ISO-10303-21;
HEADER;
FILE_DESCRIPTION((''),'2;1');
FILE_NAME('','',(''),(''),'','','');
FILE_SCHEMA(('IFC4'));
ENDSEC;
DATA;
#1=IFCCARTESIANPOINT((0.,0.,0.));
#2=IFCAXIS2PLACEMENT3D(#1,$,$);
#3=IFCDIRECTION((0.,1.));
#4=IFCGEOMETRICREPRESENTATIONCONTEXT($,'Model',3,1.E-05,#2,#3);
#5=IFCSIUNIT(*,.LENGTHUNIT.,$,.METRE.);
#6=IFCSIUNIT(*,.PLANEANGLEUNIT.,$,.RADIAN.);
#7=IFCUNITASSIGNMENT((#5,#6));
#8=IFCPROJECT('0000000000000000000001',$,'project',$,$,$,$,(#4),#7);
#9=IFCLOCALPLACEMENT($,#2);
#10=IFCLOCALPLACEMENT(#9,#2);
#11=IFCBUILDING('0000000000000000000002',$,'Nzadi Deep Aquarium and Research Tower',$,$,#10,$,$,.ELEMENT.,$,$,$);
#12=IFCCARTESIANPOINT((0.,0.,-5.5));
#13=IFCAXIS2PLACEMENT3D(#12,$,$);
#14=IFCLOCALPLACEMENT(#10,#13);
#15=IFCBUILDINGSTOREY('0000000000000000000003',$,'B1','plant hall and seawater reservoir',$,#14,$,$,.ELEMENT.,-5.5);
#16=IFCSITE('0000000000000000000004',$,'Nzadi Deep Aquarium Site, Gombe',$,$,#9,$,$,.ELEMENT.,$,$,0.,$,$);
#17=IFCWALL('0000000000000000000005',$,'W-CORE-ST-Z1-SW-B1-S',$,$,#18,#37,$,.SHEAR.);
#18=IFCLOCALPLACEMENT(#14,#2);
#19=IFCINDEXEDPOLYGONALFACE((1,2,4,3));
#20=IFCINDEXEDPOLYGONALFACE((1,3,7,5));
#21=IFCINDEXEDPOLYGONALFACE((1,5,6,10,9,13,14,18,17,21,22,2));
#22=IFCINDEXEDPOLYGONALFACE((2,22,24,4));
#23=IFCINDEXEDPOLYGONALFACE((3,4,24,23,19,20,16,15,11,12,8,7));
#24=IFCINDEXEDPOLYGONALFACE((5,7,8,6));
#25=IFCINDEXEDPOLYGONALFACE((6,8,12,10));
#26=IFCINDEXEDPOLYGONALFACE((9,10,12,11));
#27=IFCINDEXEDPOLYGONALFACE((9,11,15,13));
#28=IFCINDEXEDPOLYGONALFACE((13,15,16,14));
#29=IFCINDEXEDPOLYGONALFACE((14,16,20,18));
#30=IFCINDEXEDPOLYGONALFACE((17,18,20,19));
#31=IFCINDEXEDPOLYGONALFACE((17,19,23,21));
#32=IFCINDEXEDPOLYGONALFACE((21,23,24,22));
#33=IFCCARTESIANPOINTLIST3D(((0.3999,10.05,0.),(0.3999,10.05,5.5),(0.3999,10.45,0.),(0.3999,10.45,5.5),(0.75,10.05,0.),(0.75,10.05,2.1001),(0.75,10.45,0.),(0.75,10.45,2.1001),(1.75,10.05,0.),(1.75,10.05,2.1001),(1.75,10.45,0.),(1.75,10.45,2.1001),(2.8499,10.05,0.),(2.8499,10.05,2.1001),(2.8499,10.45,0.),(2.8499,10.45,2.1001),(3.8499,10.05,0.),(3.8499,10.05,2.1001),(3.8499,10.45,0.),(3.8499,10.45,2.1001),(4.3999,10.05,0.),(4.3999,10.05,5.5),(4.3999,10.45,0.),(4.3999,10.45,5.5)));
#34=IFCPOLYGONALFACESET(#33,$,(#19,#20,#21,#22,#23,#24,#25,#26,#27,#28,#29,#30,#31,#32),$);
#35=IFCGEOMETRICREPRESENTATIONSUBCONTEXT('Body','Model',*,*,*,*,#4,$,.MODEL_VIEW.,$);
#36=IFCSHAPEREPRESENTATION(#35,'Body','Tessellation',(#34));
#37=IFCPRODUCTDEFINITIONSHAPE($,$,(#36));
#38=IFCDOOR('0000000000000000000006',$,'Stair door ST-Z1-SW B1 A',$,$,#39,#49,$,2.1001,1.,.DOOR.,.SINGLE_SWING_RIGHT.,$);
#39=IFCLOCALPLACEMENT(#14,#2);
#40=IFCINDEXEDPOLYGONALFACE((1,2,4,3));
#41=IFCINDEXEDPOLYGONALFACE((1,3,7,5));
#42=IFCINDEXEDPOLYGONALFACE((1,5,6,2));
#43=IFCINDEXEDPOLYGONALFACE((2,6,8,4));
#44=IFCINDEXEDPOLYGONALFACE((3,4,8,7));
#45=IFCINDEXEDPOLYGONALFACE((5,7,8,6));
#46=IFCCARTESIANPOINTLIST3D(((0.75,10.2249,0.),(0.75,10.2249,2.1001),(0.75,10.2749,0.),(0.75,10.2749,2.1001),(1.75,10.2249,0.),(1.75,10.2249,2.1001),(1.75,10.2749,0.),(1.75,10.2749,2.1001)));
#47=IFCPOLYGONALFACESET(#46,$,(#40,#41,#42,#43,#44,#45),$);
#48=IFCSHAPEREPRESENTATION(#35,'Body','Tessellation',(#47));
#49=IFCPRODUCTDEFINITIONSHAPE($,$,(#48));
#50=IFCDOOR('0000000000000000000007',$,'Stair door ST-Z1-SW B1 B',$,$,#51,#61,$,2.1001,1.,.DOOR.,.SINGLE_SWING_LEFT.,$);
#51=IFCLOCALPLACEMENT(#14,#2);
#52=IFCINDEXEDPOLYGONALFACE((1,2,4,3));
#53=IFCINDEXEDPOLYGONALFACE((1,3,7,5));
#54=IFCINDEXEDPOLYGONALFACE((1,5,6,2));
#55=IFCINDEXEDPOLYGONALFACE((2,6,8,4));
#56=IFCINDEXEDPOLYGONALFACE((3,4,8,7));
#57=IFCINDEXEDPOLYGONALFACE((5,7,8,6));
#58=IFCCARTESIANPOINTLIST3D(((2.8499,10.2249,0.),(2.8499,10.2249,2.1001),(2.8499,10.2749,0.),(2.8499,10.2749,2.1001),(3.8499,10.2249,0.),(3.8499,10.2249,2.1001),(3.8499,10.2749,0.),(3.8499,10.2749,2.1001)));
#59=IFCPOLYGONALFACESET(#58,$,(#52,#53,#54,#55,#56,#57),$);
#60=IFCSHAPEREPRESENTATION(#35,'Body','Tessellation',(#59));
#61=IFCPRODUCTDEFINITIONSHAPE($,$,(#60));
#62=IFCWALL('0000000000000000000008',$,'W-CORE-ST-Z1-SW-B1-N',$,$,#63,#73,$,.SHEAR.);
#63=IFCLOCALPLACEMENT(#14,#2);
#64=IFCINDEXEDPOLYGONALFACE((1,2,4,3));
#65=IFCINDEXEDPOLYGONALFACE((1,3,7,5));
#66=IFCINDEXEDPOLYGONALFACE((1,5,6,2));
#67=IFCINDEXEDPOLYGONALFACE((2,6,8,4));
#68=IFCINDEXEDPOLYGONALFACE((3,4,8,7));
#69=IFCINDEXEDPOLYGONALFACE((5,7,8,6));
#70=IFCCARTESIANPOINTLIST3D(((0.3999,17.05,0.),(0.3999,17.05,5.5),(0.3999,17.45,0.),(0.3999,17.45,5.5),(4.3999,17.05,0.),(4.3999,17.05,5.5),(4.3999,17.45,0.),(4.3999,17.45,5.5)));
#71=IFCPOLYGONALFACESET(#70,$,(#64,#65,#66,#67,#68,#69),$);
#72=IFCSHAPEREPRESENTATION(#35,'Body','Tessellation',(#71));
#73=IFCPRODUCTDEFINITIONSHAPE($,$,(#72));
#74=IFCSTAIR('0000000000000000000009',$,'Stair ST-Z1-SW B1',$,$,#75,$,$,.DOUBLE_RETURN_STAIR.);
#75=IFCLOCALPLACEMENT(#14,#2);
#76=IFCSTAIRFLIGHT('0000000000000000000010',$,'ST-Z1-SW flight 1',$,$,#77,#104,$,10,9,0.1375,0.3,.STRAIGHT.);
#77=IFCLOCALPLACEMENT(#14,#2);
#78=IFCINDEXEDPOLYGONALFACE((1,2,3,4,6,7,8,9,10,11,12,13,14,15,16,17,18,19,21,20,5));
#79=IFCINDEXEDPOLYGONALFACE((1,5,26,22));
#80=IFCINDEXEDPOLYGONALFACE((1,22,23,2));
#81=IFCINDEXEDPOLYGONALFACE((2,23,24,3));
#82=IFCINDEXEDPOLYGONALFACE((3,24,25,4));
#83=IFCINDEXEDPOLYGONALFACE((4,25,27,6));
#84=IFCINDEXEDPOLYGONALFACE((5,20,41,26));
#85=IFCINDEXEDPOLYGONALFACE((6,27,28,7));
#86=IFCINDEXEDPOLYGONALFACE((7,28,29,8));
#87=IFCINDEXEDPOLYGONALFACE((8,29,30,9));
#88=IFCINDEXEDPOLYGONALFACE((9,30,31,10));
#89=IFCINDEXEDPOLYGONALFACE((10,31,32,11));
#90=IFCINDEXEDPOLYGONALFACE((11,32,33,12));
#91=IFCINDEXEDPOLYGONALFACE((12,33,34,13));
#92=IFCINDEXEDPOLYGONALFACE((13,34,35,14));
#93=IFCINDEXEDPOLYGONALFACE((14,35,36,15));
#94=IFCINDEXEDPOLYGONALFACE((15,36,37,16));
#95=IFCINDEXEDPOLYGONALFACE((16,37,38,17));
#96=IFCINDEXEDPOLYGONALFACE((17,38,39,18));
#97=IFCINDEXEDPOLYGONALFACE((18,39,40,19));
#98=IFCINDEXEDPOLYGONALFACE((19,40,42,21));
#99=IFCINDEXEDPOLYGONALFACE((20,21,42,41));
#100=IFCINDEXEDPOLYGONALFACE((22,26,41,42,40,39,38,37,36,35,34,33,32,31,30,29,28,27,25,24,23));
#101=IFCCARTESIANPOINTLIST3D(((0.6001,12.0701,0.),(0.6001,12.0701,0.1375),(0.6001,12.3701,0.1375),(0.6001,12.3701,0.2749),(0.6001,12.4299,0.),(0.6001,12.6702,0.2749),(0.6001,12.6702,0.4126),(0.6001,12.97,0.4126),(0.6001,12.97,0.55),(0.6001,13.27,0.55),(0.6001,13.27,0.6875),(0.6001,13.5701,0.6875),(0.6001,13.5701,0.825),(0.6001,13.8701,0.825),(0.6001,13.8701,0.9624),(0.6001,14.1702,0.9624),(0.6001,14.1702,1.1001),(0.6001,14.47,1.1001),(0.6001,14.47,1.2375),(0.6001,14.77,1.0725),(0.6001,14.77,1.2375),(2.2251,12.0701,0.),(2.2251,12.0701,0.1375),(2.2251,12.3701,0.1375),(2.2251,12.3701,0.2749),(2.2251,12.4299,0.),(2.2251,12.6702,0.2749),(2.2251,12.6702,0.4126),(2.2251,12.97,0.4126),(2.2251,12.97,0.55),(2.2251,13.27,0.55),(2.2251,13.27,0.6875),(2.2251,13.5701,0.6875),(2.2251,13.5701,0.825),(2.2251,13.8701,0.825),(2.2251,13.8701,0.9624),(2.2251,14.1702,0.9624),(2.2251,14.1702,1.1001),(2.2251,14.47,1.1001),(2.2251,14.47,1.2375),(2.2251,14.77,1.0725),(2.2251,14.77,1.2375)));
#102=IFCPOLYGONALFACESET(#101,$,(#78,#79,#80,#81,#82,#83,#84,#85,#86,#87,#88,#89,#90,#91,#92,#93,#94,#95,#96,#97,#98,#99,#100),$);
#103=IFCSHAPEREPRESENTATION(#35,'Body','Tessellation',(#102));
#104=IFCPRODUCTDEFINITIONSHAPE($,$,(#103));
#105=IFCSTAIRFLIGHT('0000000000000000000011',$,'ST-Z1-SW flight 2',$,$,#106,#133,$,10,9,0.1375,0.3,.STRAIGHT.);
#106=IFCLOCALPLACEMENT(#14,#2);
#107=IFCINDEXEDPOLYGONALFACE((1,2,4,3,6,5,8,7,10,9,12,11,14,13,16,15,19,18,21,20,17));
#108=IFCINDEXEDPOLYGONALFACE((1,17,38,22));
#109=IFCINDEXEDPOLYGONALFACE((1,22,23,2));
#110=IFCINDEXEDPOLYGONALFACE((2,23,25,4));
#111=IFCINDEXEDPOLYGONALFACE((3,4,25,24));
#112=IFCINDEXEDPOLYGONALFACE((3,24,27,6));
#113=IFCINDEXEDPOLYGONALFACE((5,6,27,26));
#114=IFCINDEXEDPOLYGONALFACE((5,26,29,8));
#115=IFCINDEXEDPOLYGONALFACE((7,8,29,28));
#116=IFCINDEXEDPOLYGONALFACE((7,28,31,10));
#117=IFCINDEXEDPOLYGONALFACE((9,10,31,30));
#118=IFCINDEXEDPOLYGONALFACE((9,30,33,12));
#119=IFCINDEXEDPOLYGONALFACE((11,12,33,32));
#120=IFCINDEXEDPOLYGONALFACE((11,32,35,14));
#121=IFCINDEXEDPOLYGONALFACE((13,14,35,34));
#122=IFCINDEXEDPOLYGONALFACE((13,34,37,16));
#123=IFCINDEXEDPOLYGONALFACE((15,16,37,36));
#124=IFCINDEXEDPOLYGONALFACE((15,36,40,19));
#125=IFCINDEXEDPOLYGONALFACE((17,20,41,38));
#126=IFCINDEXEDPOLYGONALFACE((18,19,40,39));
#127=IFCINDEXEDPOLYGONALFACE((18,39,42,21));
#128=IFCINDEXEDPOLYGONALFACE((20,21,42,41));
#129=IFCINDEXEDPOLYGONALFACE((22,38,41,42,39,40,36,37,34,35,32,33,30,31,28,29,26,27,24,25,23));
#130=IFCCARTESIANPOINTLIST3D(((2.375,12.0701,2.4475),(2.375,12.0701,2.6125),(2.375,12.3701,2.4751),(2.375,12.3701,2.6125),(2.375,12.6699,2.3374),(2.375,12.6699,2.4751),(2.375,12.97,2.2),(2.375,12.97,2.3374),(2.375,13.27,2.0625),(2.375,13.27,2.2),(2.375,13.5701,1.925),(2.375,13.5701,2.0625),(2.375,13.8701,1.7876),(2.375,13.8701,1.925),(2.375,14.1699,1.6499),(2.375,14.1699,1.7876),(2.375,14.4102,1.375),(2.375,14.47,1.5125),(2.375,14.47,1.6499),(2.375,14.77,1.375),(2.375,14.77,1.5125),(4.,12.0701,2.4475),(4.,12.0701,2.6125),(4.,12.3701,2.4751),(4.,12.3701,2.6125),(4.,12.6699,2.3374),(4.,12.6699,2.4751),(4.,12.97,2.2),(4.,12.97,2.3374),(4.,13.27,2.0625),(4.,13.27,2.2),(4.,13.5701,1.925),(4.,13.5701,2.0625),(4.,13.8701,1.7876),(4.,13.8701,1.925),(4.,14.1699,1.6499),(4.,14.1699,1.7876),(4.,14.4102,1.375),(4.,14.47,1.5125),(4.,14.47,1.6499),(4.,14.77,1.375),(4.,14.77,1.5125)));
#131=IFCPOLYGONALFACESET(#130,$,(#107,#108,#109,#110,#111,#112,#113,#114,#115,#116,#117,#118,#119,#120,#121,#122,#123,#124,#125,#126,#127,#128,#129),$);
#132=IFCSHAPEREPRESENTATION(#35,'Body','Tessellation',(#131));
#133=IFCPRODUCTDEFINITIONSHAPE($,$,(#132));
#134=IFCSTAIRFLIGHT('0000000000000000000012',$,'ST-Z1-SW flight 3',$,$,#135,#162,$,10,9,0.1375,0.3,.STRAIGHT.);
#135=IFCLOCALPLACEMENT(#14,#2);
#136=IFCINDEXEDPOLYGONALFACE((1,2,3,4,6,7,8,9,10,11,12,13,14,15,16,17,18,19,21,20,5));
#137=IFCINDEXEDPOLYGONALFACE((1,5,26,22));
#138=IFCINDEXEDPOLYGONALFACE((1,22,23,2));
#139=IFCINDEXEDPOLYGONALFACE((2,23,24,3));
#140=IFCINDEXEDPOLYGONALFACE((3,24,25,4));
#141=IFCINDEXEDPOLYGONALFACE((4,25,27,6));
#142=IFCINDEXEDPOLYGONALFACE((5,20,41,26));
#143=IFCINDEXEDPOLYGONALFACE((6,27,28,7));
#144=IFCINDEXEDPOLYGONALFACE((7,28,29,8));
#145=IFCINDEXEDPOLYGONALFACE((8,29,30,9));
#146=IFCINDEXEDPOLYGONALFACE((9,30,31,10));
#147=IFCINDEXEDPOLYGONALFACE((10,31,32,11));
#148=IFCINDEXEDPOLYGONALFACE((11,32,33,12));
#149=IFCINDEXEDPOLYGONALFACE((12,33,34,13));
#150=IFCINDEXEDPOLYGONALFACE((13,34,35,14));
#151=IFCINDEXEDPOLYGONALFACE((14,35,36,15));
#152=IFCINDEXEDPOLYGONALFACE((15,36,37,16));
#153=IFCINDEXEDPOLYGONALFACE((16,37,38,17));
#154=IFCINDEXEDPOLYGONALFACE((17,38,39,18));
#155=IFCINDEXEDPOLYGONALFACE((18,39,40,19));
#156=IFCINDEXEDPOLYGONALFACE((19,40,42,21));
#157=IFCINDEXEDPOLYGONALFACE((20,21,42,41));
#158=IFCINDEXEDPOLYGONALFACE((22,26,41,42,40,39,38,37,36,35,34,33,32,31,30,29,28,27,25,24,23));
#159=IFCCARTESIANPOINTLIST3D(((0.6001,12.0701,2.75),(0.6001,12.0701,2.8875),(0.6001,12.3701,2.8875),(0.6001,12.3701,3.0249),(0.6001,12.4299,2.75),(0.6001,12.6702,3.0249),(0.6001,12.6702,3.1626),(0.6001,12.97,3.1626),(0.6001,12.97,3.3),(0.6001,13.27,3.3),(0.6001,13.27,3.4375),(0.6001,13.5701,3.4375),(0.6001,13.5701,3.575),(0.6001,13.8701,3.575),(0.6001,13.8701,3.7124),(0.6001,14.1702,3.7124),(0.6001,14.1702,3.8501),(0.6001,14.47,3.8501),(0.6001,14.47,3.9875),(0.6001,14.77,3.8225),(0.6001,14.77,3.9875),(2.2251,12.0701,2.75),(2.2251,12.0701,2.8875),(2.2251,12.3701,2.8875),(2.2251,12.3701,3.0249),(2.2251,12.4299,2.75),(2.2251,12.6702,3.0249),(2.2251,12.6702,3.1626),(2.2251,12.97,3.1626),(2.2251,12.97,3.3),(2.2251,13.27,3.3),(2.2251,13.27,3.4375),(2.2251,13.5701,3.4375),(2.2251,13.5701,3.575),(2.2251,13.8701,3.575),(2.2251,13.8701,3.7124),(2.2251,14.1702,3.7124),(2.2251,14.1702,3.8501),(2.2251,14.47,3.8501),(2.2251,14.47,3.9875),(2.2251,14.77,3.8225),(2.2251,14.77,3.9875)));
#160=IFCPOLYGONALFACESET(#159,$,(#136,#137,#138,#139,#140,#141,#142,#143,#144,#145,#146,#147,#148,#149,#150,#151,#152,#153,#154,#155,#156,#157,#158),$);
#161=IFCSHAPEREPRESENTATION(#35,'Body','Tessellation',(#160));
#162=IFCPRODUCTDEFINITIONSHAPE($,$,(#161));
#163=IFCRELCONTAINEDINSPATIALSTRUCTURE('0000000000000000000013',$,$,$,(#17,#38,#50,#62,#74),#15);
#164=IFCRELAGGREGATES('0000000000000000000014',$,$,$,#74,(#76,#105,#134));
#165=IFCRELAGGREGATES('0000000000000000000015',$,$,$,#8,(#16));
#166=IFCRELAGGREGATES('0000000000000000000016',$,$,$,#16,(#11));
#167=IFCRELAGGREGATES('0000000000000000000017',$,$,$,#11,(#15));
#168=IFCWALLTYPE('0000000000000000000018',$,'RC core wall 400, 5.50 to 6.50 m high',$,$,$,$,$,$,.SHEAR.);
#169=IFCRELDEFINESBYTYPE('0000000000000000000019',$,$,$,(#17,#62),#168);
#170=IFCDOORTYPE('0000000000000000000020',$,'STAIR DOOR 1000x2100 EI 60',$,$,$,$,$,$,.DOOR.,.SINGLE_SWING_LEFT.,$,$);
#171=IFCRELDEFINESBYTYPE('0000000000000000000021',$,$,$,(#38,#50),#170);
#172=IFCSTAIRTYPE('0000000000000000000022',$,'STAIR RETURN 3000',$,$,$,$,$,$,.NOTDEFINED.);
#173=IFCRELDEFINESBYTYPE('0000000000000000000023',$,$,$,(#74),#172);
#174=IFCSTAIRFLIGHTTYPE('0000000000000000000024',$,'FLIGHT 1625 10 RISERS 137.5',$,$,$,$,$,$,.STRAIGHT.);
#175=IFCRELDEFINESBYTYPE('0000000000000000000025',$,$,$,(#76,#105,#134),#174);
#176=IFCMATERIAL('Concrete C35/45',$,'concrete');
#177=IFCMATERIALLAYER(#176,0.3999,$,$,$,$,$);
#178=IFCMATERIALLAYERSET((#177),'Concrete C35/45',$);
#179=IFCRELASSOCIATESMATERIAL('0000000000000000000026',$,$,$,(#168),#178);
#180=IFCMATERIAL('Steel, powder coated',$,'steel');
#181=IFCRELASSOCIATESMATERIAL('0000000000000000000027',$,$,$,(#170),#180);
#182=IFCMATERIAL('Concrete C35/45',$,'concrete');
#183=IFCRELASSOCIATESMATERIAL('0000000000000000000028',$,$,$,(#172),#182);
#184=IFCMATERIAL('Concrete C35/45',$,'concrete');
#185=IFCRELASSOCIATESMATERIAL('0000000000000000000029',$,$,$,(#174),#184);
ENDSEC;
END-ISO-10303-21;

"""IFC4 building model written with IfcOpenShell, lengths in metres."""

from ifc_helpers import new_model, si_unit, direction, frame, frame_2d, origin, place, context, subcontext, project, spatial, polyline, rectangle, outline, extrude, material, layer, layer_set, type_object, element, fill, aggregate, save


model = new_model("IFC4")

# Units and contexts
model_context = context("Model", 3, precision=1e-05, world=origin(), true_north=direction((0.0, 1.0)))
body_context = subcontext(model_context, "Body", "Model", "MODEL_VIEW")
ifc_project = project(units=[si_unit("LENGTHUNIT", "METRE"), si_unit("PLANEANGLEUNIT", "RADIAN")], contexts=[model_context])

# Site, building, storey
site_placement = place(None, origin())
site = spatial("IfcSite", under=ifc_project, at=site_placement, Name="Nzadi Deep Aquarium Site, Gombe", CompositionType="ELEMENT", RefElevation=0.0)
building_placement = place(site_placement, origin())
building = spatial("IfcBuilding", under=site, at=building_placement, Name="Nzadi Deep Aquarium and Research Tower", CompositionType="ELEMENT")
storey_placement = place(building_placement, frame((0.0, 0.0, -5.5)))
storey = spatial("IfcBuildingStorey", under=building, at=storey_placement, Name="B1", Description="plant hall and seawater reservoir", CompositionType="ELEMENT", Elevation=-5.5)

# Wall, openings, doors
ifc_material_1 = material(Name="Concrete C35/45", Category="concrete")
ifc_layer_1 = layer(ifc_material_1, 0.3999)
ifc_layer_set_1 = layer_set([ifc_layer_1], Name="Concrete C35/45")
wall_type_1 = type_object("IfcWallType", Name="RC core wall 400, 5.50 to 6.50 m high", PredefinedType="SHEAR", material=ifc_layer_set_1)
wall_1_placement = place(storey_placement, frame((0.3999, 10.25, 0.0), z_axis=(0.0, 0.0, 1.0), x_axis=(1.0, 0.0, 0.0)))
wall_1 = element("IfcWall", 1, at=wall_1_placement, inside=storey, type_object=wall_type_1, Name="W-CORE-ST-Z1-SW-B1-S", PredefinedType="SHEAR", context=body_context, shape_type="SweptSolid", body=[
    extrude(rectangle(XDim=4.0, YDim=0.3999, at=frame_2d((2.0, 0.0))), origin(), (0.0, 0.0, 1.0), 5.5),
])
opening_1_placement = place(wall_1_placement, frame((0.3501, 0.0, 0.0)))
opening_1 = element("IfcOpeningElement", 2, at=opening_1_placement, cuts=wall_1, PredefinedType="OPENING", context=body_context, shape_type="SweptSolid", body=[
    extrude(rectangle(XDim=1.0, YDim=2.1001, at=frame_2d((0.5, 1.05))), frame((0.0, 0.21, 0.0), z_axis=(0.0, -1.0, 0.0), x_axis=(1.0, 0.0, 0.0)), (0.0, 0.0, 1.0), 0.4199),
])
opening_2_placement = place(wall_1_placement, frame((2.45, 0.0, 0.0)))
opening_2 = element("IfcOpeningElement", 3, at=opening_2_placement, cuts=wall_1, PredefinedType="OPENING", context=body_context, shape_type="SweptSolid", body=[
    extrude(rectangle(XDim=1.0, YDim=2.1001, at=frame_2d((0.5, 1.05))), frame((0.0, 0.21, 0.0), z_axis=(0.0, -1.0, 0.0), x_axis=(1.0, 0.0, 0.0)), (0.0, 0.0, 1.0), 0.4199),
])
ifc_material_2 = material(Name="Steel, powder coated", Category="steel")
door_type = type_object("IfcDoorType", Name="STAIR DOOR 1000x2100 EI 60", OperationType="SINGLE_SWING_LEFT", PredefinedType="DOOR", material=ifc_material_2)
door_1_placement = place(opening_1_placement, origin())
door_1 = element("IfcDoor", 4, at=door_1_placement, inside=storey, type_object=door_type, Name="Stair door ST-Z1-SW B1 A", OperationType="SINGLE_SWING_RIGHT", OverallHeight=2.1001, OverallWidth=1.0, PredefinedType="DOOR", context=body_context, shape_type="SweptSolid", body=[
    extrude(rectangle(XDim=1.0, YDim=2.1001, at=frame_2d((0.5, 1.05))), frame((0.0, 0.0249, 0.0), z_axis=(0.0, -1.0, 0.0), x_axis=(1.0, 0.0, 0.0)), (0.0, 0.0, 1.0), 0.05),
])
fill(opening_1, door_1)
door_2_placement = place(opening_2_placement, origin())
door_2 = element("IfcDoor", 5, at=door_2_placement, inside=storey, type_object=door_type, Name="Stair door ST-Z1-SW B1 B", OperationType="SINGLE_SWING_LEFT", OverallHeight=2.1001, OverallWidth=1.0, PredefinedType="DOOR", context=body_context, shape_type="SweptSolid", body=[
    extrude(rectangle(XDim=1.0, YDim=2.1001, at=frame_2d((0.5, 1.05))), frame((0.0, 0.0249, 0.0), z_axis=(0.0, -1.0, 0.0), x_axis=(1.0, 0.0, 0.0)), (0.0, 0.0, 1.0), 0.05),
])
fill(opening_2, door_2)

# Wall
wall_2_placement = place(storey_placement, frame((0.3999, 17.25, 0.0), z_axis=(0.0, 0.0, 1.0), x_axis=(1.0, 0.0, 0.0)))
element("IfcWall", 6, at=wall_2_placement, inside=storey, type_object=wall_type_1, Name="W-CORE-ST-Z1-SW-B1-N", PredefinedType="SHEAR", context=body_context, shape_type="SweptSolid", body=[
    extrude(rectangle(XDim=4.0, YDim=0.3999, at=frame_2d((2.0, 0.0))), origin(), (0.0, 0.0, 1.0), 5.5),
])

# Stair, stair flights
ifc_material_3 = material(Name="Concrete C35/45", Category="concrete")
stair_type = type_object("IfcStairType", Name="STAIR RETURN 3000", PredefinedType="NOTDEFINED", material=ifc_material_3)
stair_placement = place(storey_placement, origin())
stair = element("IfcStair", 7, at=stair_placement, inside=storey, type_object=stair_type, Name="Stair ST-Z1-SW B1", PredefinedType="DOUBLE_RETURN_STAIR")
ifc_material_4 = material(Name="Concrete C35/45", Category="concrete")
stair_flight_type = type_object("IfcStairFlightType", Name="FLIGHT 1625 10 RISERS 137.5", PredefinedType="STRAIGHT", material=ifc_material_4)
stair_flight_1_placement = place(storey_placement, frame((1.4126, 12.0701, 0.0), z_axis=(0.0, 0.0, 1.0), x_axis=(0.0, 1.0, 0.0)))
stair_flight_1 = element("IfcStairFlight", 8, at=stair_flight_1_placement, type_object=stair_flight_type, Name="ST-Z1-SW flight 1", NumberOfRisers=10, NumberOfTreads=9, PredefinedType="STRAIGHT", RiserHeight=0.1375, TreadLength=0.3, context=body_context, shape_type="SweptSolid", body=[
    extrude(outline(polyline([(0.0, 0.0), (0.0, 0.1375), (0.3, 0.1375), (0.3, 0.2749), (0.6001, 0.2749), (0.6001, 0.4126), (0.8999, 0.4126), (0.8999, 0.55), (1.2, 0.55), (1.2, 0.6875), (1.5, 0.6875), (1.5, 0.825), (1.8, 0.825), (1.8, 0.9624), (2.1001, 0.9624), (2.1001, 1.1001), (2.3999, 1.1001), (2.3999, 1.2375), (2.7, 1.2375), (2.7, 1.375), (2.7, 1.0725), (0.3599, 0.0), (0.0, 0.0)])), frame((0.0, 0.8125, 0.0), z_axis=(0.0, -1.0, 0.0), x_axis=(1.0, 0.0, 0.0)), (0.0, 0.0, 1.0), 1.625),
])
stair_flight_2_placement = place(storey_placement, frame((3.1875, 14.77, 1.375), z_axis=(0.0, 0.0, 1.0), x_axis=(0.0, -1.0, 0.0)))
stair_flight_2 = element("IfcStairFlight", 9, at=stair_flight_2_placement, type_object=stair_flight_type, Name="ST-Z1-SW flight 2", NumberOfRisers=10, NumberOfTreads=9, PredefinedType="STRAIGHT", RiserHeight=0.1375, TreadLength=0.3, context=body_context, shape_type="SweptSolid", body=[
    extrude(outline(polyline([(0.0, 0.0), (0.0, 0.1375), (0.3, 0.1375), (0.3, 0.2749), (0.6001, 0.2749), (0.6001, 0.4126), (0.8999, 0.4126), (0.8999, 0.55), (1.2, 0.55), (1.2, 0.6875), (1.5, 0.6875), (1.5, 0.825), (1.8, 0.825), (1.8, 0.9624), (2.1001, 0.9624), (2.1001, 1.1001), (2.3999, 1.1001), (2.3999, 1.2375), (2.7, 1.2375), (2.7, 1.375), (2.7, 1.0725), (0.3599, 0.0), (0.0, 0.0)])), frame((0.0, 0.8125, 0.0), z_axis=(0.0, -1.0, 0.0), x_axis=(1.0, 0.0, 0.0)), (0.0, 0.0, 1.0), 1.625),
])
stair_flight_3_placement = place(storey_placement, frame((1.4126, 12.0701, 2.75), z_axis=(0.0, 0.0, 1.0), x_axis=(0.0, 1.0, 0.0)))
stair_flight_3 = element("IfcStairFlight", 10, at=stair_flight_3_placement, type_object=stair_flight_type, Name="ST-Z1-SW flight 3", NumberOfRisers=10, NumberOfTreads=9, PredefinedType="STRAIGHT", RiserHeight=0.1375, TreadLength=0.3, context=body_context, shape_type="SweptSolid", body=[
    extrude(outline(polyline([(0.0, 0.0), (0.0, 0.1375), (0.3, 0.1375), (0.3, 0.2749), (0.6001, 0.2749), (0.6001, 0.4126), (0.8999, 0.4126), (0.8999, 0.55), (1.2, 0.55), (1.2, 0.6875), (1.5, 0.6875), (1.5, 0.825), (1.8, 0.825), (1.8, 0.9624), (2.1001, 0.9624), (2.1001, 1.1001), (2.3999, 1.1001), (2.3999, 1.2375), (2.7, 1.2375), (2.7, 1.375), (2.7, 1.0725), (0.3599, 0.0), (0.0, 0.0)])), frame((0.0, 0.8125, 0.0), z_axis=(0.0, -1.0, 0.0), x_axis=(1.0, 0.0, 0.0)), (0.0, 0.0, 1.0), 1.625),
])
aggregate(stair, [stair_flight_1, stair_flight_2, stair_flight_3])

save(model, "model.ifc")
